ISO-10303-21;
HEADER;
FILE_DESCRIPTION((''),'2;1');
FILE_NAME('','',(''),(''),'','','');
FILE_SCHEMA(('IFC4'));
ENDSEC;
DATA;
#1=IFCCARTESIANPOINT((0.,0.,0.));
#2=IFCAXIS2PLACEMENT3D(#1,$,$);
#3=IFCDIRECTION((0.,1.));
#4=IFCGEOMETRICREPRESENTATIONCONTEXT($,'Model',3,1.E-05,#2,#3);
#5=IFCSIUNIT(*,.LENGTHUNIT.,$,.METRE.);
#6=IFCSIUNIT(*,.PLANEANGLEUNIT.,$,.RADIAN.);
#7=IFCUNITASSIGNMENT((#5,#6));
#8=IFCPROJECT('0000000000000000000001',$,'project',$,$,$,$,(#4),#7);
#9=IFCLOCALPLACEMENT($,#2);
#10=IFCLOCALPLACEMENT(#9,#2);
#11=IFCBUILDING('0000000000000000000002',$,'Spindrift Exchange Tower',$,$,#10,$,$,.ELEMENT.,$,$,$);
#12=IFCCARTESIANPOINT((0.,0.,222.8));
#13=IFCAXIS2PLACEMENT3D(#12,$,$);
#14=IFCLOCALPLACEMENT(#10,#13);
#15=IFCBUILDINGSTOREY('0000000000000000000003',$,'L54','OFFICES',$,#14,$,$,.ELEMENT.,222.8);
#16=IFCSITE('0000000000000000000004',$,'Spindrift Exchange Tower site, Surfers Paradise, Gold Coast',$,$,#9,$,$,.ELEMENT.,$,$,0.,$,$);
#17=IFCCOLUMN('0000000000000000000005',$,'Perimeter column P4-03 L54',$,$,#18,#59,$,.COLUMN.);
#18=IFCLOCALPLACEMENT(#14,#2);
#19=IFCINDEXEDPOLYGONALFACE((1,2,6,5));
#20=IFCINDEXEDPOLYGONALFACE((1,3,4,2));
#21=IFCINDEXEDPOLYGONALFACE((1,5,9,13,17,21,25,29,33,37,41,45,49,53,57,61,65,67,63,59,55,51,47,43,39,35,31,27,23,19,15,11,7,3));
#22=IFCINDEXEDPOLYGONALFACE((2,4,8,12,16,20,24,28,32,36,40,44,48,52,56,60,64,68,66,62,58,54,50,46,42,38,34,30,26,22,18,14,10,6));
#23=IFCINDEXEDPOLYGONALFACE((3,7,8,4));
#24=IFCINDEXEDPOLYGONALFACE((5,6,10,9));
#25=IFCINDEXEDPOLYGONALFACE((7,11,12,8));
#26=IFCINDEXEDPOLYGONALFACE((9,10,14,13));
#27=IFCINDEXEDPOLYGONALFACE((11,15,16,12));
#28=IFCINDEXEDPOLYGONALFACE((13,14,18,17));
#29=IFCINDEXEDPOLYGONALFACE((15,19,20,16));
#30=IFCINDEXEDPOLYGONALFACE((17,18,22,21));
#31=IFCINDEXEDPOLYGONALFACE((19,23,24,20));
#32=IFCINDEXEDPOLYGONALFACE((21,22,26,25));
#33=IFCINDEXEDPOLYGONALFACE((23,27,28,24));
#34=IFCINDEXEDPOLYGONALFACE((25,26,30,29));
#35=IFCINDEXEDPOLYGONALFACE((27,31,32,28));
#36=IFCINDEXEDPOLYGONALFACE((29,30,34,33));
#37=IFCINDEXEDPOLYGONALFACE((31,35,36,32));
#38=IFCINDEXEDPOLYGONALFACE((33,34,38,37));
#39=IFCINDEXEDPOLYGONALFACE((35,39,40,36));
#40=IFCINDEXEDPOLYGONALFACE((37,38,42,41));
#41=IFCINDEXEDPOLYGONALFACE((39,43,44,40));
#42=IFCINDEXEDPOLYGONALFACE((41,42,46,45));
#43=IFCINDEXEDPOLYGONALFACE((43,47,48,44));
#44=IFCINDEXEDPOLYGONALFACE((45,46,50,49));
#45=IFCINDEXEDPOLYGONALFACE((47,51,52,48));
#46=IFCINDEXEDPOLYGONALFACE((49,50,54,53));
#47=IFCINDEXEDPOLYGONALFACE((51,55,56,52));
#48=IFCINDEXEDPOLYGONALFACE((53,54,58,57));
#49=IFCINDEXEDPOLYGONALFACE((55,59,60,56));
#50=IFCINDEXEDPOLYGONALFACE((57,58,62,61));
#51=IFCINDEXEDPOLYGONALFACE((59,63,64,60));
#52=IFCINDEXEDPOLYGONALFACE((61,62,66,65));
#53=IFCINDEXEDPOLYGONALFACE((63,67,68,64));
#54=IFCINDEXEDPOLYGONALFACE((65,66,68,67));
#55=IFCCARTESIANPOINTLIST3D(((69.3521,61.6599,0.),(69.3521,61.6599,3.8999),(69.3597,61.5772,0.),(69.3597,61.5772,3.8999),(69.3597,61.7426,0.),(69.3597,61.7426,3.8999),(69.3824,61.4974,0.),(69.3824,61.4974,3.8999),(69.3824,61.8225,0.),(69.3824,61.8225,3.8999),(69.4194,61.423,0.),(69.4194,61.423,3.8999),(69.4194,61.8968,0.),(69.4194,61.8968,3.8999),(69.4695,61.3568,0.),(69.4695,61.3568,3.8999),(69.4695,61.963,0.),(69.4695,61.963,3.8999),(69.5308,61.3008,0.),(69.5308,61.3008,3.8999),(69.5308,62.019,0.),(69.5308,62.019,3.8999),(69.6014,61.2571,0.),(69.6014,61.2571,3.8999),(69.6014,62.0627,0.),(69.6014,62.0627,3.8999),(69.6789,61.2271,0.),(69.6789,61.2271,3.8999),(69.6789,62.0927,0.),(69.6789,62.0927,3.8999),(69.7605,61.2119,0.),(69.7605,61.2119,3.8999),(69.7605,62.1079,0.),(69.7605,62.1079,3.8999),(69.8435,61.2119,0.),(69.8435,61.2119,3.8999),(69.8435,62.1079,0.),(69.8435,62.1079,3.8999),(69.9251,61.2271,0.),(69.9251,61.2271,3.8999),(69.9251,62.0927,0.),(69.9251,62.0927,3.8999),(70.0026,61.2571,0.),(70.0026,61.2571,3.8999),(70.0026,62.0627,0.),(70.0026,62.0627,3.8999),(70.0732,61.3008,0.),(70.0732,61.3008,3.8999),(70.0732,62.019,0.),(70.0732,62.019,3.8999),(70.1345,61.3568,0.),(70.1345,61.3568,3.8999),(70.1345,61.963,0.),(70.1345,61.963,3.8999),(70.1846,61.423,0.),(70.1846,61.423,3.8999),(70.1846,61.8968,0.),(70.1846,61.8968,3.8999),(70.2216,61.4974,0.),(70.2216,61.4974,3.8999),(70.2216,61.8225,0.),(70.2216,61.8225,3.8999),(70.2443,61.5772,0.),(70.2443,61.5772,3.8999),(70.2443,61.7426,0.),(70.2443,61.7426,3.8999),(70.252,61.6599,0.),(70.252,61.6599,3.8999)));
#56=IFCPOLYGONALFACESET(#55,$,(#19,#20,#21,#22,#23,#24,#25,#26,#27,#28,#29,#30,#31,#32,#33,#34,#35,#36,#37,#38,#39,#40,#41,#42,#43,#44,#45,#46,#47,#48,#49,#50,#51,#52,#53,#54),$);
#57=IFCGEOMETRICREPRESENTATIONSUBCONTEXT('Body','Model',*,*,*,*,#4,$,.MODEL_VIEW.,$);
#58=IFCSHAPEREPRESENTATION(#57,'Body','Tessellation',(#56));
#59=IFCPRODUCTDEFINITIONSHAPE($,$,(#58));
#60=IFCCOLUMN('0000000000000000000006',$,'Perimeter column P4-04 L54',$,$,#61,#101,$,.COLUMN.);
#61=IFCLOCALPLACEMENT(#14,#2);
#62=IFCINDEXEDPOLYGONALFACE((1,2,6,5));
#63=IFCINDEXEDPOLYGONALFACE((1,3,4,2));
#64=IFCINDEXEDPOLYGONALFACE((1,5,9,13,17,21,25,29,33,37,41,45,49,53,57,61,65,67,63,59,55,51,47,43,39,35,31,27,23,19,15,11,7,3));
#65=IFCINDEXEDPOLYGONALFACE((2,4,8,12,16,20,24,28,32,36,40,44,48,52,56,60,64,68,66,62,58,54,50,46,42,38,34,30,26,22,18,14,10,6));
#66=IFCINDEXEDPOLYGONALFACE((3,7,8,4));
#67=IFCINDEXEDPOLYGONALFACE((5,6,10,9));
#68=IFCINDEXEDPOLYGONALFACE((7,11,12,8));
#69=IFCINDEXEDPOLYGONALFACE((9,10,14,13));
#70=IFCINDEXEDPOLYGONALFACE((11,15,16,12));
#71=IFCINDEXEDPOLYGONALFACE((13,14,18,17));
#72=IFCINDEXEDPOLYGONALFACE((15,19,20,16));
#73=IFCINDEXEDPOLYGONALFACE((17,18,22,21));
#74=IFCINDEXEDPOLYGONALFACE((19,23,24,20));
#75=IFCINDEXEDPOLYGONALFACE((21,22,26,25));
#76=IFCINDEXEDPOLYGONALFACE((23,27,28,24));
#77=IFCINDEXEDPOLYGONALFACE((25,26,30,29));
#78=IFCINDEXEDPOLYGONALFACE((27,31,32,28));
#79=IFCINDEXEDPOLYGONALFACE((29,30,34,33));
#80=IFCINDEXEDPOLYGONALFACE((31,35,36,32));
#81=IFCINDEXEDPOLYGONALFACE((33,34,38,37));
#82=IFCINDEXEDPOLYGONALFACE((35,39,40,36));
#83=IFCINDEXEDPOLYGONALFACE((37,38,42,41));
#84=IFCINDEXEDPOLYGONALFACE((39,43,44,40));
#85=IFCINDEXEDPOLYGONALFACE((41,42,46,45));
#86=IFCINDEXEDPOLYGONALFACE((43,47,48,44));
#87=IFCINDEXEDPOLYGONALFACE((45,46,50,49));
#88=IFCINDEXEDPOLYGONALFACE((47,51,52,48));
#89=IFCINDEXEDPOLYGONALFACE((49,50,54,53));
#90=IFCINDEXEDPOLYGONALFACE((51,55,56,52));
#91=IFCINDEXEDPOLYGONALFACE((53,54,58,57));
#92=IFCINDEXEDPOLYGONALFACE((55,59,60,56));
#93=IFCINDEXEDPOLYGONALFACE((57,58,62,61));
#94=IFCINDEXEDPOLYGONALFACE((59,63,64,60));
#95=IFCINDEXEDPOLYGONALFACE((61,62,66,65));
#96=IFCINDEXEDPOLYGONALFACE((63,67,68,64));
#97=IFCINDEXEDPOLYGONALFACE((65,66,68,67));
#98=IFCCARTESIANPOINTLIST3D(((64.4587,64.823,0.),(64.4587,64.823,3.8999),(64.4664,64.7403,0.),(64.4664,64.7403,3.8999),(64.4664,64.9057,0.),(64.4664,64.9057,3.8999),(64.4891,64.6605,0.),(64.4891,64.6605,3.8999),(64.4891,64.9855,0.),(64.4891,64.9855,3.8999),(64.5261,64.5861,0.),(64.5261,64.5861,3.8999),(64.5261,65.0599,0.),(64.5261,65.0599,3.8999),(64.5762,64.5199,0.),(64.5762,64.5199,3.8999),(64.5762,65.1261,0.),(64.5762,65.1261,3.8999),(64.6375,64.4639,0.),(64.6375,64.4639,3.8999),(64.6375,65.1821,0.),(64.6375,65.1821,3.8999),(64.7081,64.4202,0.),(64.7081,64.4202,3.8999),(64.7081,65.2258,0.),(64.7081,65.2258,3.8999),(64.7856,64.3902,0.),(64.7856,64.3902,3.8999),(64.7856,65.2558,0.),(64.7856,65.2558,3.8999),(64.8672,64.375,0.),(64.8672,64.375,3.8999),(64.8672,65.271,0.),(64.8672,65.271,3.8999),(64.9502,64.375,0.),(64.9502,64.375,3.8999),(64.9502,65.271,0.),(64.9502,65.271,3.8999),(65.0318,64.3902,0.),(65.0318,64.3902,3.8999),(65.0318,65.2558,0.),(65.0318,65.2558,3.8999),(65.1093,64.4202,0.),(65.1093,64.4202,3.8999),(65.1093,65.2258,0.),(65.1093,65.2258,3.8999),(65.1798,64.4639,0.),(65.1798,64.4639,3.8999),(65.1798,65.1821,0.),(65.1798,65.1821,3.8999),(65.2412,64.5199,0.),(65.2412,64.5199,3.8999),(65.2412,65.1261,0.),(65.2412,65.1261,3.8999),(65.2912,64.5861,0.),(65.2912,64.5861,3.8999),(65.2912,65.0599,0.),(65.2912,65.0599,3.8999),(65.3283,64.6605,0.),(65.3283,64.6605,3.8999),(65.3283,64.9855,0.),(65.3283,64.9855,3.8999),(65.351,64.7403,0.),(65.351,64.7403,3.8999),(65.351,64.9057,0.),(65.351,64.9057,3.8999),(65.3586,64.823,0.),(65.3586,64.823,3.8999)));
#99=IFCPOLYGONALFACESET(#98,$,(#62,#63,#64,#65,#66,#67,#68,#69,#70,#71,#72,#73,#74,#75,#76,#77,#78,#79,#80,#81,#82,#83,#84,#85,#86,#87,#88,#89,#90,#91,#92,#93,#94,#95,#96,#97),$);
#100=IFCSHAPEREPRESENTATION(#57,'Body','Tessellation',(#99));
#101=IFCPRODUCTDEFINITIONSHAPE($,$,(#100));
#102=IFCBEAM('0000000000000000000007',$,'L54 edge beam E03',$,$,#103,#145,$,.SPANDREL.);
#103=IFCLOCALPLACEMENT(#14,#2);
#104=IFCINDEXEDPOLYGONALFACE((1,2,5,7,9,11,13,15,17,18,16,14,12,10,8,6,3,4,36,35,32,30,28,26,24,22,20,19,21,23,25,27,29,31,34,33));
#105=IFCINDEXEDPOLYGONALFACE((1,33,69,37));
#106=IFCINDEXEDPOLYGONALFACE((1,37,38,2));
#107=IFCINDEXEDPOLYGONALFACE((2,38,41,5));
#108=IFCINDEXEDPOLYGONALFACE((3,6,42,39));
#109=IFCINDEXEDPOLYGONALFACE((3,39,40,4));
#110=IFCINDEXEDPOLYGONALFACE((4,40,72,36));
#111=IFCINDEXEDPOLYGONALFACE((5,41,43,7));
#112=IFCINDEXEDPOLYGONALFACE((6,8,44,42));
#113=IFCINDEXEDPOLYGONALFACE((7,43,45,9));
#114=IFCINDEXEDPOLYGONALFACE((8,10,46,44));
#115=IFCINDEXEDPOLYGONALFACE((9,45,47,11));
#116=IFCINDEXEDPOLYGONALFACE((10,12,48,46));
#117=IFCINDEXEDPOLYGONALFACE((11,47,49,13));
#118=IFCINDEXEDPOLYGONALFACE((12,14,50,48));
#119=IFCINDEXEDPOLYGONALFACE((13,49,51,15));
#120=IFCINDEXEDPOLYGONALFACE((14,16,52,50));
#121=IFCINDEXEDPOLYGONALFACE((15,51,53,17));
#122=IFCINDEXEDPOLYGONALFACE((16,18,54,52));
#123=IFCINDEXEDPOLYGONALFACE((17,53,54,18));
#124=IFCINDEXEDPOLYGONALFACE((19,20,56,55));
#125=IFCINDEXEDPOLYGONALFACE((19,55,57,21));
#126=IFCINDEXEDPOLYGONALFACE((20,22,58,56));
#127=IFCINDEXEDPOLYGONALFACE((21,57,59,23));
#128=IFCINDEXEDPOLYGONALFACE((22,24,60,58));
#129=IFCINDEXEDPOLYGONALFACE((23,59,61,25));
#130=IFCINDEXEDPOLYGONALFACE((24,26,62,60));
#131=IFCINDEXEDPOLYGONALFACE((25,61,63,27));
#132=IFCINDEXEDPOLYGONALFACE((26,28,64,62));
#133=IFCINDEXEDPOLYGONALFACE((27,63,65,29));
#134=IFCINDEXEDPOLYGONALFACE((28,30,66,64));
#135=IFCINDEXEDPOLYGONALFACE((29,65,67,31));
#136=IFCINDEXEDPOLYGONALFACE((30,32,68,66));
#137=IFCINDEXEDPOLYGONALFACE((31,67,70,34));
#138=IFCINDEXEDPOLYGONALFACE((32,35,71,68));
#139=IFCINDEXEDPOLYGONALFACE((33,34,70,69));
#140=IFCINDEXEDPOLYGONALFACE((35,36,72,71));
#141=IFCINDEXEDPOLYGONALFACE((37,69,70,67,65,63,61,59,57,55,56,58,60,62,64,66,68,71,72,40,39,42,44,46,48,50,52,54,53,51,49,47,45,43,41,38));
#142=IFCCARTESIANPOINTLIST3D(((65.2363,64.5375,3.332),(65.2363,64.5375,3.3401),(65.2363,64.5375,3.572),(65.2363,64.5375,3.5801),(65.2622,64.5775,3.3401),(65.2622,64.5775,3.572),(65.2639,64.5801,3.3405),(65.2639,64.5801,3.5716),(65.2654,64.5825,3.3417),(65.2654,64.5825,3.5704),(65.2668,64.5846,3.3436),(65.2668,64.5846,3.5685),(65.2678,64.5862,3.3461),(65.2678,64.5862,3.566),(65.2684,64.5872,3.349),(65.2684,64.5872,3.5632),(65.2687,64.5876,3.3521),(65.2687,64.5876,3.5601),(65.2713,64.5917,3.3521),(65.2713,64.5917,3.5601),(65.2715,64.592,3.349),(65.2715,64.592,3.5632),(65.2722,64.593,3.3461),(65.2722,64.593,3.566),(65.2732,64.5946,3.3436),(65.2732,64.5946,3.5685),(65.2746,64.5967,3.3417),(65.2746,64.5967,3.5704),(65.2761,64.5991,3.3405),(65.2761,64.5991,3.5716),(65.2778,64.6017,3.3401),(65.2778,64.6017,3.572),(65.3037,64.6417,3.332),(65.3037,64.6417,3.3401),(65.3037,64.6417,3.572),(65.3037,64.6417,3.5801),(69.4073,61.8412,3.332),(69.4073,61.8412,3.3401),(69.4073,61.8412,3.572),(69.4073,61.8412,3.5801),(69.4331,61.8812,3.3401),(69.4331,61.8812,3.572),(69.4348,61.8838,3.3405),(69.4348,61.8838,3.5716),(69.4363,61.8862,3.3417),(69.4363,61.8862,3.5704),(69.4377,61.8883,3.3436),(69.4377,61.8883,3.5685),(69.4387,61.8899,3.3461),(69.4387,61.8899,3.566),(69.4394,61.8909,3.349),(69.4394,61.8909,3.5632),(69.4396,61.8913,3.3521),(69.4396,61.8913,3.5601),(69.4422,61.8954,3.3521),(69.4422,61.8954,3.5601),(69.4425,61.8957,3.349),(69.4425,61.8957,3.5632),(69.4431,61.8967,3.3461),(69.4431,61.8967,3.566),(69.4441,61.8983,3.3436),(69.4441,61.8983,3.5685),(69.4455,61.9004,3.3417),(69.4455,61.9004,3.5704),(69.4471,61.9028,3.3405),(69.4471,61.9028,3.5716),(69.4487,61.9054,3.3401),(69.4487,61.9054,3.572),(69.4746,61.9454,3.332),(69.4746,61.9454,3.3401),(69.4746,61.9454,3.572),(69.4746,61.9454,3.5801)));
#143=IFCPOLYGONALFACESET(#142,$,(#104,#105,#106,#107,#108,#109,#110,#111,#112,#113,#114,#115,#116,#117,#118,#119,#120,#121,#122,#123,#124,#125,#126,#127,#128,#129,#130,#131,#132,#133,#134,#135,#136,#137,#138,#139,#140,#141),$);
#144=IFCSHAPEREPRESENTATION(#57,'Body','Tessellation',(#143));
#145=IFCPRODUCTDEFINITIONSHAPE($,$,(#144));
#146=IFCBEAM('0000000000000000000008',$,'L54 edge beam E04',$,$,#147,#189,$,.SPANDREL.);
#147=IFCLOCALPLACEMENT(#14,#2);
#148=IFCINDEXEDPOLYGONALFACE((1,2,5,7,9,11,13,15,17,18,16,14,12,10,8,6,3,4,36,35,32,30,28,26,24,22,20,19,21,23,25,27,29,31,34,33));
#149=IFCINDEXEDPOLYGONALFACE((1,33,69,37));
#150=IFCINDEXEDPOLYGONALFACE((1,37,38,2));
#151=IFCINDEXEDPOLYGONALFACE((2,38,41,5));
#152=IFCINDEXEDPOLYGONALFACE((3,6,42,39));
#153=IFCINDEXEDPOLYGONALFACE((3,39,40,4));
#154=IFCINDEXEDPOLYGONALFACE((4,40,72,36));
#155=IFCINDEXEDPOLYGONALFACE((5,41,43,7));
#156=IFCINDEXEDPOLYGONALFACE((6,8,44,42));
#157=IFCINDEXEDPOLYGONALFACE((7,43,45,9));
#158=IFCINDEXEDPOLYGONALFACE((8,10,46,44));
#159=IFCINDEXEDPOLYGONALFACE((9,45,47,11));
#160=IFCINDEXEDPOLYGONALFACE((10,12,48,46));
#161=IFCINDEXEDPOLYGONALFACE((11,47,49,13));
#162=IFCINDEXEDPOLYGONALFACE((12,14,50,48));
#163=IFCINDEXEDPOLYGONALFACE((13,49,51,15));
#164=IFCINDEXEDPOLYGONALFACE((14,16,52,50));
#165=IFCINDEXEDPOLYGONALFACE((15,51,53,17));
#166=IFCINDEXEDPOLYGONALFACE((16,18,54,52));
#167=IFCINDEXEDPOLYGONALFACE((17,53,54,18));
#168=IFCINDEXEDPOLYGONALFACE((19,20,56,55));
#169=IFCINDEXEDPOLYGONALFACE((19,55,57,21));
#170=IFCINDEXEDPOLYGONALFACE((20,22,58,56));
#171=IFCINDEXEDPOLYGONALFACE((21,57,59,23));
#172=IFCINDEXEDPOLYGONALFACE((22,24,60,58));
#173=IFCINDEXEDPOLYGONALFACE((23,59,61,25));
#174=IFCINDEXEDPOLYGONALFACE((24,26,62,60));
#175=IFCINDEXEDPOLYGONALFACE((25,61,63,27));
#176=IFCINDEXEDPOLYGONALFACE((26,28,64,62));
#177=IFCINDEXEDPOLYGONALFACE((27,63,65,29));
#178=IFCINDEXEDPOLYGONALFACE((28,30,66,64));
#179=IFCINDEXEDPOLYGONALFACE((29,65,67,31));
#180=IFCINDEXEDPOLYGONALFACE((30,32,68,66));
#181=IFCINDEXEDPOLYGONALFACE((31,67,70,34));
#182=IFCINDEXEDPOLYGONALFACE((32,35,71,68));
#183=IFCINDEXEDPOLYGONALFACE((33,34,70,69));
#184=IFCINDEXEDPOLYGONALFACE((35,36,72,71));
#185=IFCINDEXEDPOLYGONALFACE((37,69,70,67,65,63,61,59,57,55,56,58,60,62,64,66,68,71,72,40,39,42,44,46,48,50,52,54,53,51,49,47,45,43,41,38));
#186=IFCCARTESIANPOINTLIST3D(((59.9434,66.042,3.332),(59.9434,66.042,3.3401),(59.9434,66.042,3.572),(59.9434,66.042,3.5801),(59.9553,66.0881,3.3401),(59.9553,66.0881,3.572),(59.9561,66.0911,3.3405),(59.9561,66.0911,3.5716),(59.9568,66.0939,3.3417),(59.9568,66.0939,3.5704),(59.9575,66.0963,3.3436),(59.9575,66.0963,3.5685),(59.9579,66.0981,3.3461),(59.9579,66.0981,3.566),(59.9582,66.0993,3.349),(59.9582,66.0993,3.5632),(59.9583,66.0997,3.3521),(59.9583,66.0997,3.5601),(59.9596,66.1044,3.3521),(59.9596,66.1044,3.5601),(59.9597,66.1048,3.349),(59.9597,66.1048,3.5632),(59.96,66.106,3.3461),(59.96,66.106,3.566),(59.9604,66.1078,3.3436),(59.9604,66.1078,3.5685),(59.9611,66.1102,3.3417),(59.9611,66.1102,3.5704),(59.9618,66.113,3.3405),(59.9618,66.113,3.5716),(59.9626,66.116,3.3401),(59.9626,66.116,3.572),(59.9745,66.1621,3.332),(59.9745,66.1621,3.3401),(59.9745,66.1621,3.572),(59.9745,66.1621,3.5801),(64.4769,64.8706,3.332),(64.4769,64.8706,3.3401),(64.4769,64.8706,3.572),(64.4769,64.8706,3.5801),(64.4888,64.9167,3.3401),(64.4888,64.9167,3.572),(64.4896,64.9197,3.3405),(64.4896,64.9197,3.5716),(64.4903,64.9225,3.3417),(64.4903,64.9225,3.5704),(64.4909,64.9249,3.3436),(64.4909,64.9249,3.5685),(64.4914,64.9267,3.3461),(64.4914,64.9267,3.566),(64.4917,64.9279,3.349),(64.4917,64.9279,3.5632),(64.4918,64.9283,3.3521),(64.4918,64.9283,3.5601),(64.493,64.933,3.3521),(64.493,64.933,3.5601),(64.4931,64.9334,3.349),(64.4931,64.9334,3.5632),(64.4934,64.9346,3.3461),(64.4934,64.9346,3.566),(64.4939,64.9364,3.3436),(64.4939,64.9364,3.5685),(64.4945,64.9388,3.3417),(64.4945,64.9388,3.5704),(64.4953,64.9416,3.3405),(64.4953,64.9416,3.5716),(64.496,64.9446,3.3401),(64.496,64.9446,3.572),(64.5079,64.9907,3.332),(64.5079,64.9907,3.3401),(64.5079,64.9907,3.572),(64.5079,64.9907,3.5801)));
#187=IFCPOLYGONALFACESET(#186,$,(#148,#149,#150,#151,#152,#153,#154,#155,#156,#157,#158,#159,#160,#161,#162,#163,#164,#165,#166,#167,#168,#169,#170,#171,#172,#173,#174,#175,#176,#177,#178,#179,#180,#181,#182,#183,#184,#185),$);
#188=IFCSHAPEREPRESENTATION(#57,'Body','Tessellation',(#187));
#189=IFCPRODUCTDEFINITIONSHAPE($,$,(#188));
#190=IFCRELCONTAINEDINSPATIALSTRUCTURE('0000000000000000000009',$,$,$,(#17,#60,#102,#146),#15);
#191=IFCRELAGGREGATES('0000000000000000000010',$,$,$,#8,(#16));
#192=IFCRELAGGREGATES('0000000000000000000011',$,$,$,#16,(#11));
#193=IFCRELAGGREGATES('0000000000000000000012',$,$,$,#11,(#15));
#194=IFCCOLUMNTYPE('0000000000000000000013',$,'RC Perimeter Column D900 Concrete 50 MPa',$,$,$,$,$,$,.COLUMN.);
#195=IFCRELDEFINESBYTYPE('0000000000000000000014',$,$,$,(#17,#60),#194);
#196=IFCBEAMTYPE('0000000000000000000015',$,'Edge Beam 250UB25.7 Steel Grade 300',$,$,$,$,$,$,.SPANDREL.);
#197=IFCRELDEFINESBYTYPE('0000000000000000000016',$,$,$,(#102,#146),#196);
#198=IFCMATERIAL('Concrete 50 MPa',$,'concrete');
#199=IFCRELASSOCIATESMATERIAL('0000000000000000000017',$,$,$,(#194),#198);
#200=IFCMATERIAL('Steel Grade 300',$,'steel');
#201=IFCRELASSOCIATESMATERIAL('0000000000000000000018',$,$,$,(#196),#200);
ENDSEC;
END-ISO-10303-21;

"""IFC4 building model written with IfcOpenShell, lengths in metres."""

from ifc_helpers import new_model, si_unit, direction, frame, origin, origin_2d, place, context, subcontext, project, spatial, circle, i_section, extrude, source, transform, mapped, material, material_profile, profile_set, type_object, element, save


model = new_model("IFC4")

# Units and contexts
model_context = context("Model", 3, precision=1e-05, world=origin(), true_north=direction((0.0, 1.0)))
body_context = subcontext(model_context, "Body", "Model", "MODEL_VIEW")
ifc_project = project(units=[si_unit("LENGTHUNIT", "METRE"), si_unit("PLANEANGLEUNIT", "RADIAN")], contexts=[model_context])

# Site, building, storey
site_placement = place(None, origin())
site = spatial("IfcSite", under=ifc_project, at=site_placement, Name="Spindrift Exchange Tower site, Surfers Paradise, Gold Coast", CompositionType="ELEMENT", RefElevation=0.0)
building_placement = place(site_placement, origin())
building = spatial("IfcBuilding", under=site, at=building_placement, Name="Spindrift Exchange Tower", CompositionType="ELEMENT")
storey_placement = place(building_placement, frame((0.0, 0.0, 222.8)))
storey = spatial("IfcBuildingStorey", under=building, at=storey_placement, Name="L54", Description="OFFICES", CompositionType="ELEMENT", Elevation=222.8)

# Columns
ifc_material_1 = material(Name="Concrete 50 MPa", Category="concrete")
ifc_material_profile_1 = material_profile(ifc_material_1, circle(Radius=0.45, at=origin_2d()), Name="RC D900")
ifc_profile_set_1 = profile_set([ifc_material_profile_1], Name="Concrete 50 MPa")
column_type = type_object("IfcColumnType", Name="RC Perimeter Column D900 Concrete 50 MPa", PredefinedType="COLUMN", material=ifc_profile_set_1)
shared_shape_1 = source(origin(), body_context, "Body", "SweptSolid", [
    extrude(circle(Radius=0.45, at=origin_2d()), origin(), (0.0, 0.0, 1.0), 3.8999),
])
for number, where, z_axis, x_axis, name in (
    (1, (69.802, 61.6599, 0.0), (0.0, 0.0, 1.0), (1.0, 0.0, 0.0), "Perimeter column P4-03 L54"),
    (2, (64.9087, 64.823, 0.0), (0.0, 0.0, 1.0), (1.0, 0.0, 0.0), "Perimeter column P4-04 L54"),
):
    element("IfcColumn", number, at=place(storey_placement, frame(where, z_axis=z_axis, x_axis=x_axis)), inside=storey, type_object=column_type, Name=name, PredefinedType="COLUMN", context=body_context, shape_type="MappedRepresentation", body=[
        mapped(shared_shape_1, transform((0.0, 0.0, 0.0), scale=1.0)),
    ])

# Beams
ifc_material_2 = material(Name="Steel Grade 300", Category="steel")
ifc_material_profile_2 = material_profile(ifc_material_2, i_section(OverallWidth=0.124, OverallDepth=0.248, WebThickness=0.0049, FlangeThickness=0.0081, FilletRadius=0.012, at=origin_2d()), Name="250UB25.7")
ifc_profile_set_2 = profile_set([ifc_material_profile_2], Name="Steel Grade 300")
beam_type_1 = type_object("IfcBeamType", Name="Edge Beam 250UB25.7 Steel Grade 300", PredefinedType="SPANDREL", material=ifc_profile_set_2)
shared_shape_2 = source(origin(), body_context, "Body", "SweptSolid", [
    extrude(i_section(OverallWidth=0.124, OverallDepth=0.248, WebThickness=0.0049, FlangeThickness=0.0081, FilletRadius=0.012, at=origin_2d()), origin(), (0.0, 0.0, 1.0), 4.9666),
])
beam_1_placement = place(storey_placement, frame((69.4409, 61.8933, 3.4561), z_axis=(-0.839802, 0.542893, 0.0), x_axis=(-0.542893, -0.839802, 0.0)))
element("IfcBeam", 3, at=beam_1_placement, inside=storey, type_object=beam_type_1, Name="L54 edge beam E03", PredefinedType="SPANDREL", context=body_context, shape_type="MappedRepresentation", body=[
    mapped(shared_shape_2, transform((0.0, 0.0, 0.0), scale=1.0)),
])
shared_shape_3 = source(origin(), body_context, "Body", "SweptSolid", [
    extrude(i_section(OverallWidth=0.124, OverallDepth=0.248, WebThickness=0.0049, FlangeThickness=0.0081, FilletRadius=0.012, at=origin_2d()), origin(), (0.0, 0.0, 1.0), 4.6824),
])
beam_2_placement = place(storey_placement, frame((64.4924, 64.9307, 3.4561), z_axis=(-0.968202, 0.250171, 0.0), x_axis=(-0.250171, -0.968202, 0.0)))
element("IfcBeam", 4, at=beam_2_placement, inside=storey, type_object=beam_type_1, Name="L54 edge beam E04", PredefinedType="SPANDREL", context=body_context, shape_type="MappedRepresentation", body=[
    mapped(shared_shape_3, transform((0.0, 0.0, 0.0), scale=1.0)),
])

save(model, "model.ifc")
